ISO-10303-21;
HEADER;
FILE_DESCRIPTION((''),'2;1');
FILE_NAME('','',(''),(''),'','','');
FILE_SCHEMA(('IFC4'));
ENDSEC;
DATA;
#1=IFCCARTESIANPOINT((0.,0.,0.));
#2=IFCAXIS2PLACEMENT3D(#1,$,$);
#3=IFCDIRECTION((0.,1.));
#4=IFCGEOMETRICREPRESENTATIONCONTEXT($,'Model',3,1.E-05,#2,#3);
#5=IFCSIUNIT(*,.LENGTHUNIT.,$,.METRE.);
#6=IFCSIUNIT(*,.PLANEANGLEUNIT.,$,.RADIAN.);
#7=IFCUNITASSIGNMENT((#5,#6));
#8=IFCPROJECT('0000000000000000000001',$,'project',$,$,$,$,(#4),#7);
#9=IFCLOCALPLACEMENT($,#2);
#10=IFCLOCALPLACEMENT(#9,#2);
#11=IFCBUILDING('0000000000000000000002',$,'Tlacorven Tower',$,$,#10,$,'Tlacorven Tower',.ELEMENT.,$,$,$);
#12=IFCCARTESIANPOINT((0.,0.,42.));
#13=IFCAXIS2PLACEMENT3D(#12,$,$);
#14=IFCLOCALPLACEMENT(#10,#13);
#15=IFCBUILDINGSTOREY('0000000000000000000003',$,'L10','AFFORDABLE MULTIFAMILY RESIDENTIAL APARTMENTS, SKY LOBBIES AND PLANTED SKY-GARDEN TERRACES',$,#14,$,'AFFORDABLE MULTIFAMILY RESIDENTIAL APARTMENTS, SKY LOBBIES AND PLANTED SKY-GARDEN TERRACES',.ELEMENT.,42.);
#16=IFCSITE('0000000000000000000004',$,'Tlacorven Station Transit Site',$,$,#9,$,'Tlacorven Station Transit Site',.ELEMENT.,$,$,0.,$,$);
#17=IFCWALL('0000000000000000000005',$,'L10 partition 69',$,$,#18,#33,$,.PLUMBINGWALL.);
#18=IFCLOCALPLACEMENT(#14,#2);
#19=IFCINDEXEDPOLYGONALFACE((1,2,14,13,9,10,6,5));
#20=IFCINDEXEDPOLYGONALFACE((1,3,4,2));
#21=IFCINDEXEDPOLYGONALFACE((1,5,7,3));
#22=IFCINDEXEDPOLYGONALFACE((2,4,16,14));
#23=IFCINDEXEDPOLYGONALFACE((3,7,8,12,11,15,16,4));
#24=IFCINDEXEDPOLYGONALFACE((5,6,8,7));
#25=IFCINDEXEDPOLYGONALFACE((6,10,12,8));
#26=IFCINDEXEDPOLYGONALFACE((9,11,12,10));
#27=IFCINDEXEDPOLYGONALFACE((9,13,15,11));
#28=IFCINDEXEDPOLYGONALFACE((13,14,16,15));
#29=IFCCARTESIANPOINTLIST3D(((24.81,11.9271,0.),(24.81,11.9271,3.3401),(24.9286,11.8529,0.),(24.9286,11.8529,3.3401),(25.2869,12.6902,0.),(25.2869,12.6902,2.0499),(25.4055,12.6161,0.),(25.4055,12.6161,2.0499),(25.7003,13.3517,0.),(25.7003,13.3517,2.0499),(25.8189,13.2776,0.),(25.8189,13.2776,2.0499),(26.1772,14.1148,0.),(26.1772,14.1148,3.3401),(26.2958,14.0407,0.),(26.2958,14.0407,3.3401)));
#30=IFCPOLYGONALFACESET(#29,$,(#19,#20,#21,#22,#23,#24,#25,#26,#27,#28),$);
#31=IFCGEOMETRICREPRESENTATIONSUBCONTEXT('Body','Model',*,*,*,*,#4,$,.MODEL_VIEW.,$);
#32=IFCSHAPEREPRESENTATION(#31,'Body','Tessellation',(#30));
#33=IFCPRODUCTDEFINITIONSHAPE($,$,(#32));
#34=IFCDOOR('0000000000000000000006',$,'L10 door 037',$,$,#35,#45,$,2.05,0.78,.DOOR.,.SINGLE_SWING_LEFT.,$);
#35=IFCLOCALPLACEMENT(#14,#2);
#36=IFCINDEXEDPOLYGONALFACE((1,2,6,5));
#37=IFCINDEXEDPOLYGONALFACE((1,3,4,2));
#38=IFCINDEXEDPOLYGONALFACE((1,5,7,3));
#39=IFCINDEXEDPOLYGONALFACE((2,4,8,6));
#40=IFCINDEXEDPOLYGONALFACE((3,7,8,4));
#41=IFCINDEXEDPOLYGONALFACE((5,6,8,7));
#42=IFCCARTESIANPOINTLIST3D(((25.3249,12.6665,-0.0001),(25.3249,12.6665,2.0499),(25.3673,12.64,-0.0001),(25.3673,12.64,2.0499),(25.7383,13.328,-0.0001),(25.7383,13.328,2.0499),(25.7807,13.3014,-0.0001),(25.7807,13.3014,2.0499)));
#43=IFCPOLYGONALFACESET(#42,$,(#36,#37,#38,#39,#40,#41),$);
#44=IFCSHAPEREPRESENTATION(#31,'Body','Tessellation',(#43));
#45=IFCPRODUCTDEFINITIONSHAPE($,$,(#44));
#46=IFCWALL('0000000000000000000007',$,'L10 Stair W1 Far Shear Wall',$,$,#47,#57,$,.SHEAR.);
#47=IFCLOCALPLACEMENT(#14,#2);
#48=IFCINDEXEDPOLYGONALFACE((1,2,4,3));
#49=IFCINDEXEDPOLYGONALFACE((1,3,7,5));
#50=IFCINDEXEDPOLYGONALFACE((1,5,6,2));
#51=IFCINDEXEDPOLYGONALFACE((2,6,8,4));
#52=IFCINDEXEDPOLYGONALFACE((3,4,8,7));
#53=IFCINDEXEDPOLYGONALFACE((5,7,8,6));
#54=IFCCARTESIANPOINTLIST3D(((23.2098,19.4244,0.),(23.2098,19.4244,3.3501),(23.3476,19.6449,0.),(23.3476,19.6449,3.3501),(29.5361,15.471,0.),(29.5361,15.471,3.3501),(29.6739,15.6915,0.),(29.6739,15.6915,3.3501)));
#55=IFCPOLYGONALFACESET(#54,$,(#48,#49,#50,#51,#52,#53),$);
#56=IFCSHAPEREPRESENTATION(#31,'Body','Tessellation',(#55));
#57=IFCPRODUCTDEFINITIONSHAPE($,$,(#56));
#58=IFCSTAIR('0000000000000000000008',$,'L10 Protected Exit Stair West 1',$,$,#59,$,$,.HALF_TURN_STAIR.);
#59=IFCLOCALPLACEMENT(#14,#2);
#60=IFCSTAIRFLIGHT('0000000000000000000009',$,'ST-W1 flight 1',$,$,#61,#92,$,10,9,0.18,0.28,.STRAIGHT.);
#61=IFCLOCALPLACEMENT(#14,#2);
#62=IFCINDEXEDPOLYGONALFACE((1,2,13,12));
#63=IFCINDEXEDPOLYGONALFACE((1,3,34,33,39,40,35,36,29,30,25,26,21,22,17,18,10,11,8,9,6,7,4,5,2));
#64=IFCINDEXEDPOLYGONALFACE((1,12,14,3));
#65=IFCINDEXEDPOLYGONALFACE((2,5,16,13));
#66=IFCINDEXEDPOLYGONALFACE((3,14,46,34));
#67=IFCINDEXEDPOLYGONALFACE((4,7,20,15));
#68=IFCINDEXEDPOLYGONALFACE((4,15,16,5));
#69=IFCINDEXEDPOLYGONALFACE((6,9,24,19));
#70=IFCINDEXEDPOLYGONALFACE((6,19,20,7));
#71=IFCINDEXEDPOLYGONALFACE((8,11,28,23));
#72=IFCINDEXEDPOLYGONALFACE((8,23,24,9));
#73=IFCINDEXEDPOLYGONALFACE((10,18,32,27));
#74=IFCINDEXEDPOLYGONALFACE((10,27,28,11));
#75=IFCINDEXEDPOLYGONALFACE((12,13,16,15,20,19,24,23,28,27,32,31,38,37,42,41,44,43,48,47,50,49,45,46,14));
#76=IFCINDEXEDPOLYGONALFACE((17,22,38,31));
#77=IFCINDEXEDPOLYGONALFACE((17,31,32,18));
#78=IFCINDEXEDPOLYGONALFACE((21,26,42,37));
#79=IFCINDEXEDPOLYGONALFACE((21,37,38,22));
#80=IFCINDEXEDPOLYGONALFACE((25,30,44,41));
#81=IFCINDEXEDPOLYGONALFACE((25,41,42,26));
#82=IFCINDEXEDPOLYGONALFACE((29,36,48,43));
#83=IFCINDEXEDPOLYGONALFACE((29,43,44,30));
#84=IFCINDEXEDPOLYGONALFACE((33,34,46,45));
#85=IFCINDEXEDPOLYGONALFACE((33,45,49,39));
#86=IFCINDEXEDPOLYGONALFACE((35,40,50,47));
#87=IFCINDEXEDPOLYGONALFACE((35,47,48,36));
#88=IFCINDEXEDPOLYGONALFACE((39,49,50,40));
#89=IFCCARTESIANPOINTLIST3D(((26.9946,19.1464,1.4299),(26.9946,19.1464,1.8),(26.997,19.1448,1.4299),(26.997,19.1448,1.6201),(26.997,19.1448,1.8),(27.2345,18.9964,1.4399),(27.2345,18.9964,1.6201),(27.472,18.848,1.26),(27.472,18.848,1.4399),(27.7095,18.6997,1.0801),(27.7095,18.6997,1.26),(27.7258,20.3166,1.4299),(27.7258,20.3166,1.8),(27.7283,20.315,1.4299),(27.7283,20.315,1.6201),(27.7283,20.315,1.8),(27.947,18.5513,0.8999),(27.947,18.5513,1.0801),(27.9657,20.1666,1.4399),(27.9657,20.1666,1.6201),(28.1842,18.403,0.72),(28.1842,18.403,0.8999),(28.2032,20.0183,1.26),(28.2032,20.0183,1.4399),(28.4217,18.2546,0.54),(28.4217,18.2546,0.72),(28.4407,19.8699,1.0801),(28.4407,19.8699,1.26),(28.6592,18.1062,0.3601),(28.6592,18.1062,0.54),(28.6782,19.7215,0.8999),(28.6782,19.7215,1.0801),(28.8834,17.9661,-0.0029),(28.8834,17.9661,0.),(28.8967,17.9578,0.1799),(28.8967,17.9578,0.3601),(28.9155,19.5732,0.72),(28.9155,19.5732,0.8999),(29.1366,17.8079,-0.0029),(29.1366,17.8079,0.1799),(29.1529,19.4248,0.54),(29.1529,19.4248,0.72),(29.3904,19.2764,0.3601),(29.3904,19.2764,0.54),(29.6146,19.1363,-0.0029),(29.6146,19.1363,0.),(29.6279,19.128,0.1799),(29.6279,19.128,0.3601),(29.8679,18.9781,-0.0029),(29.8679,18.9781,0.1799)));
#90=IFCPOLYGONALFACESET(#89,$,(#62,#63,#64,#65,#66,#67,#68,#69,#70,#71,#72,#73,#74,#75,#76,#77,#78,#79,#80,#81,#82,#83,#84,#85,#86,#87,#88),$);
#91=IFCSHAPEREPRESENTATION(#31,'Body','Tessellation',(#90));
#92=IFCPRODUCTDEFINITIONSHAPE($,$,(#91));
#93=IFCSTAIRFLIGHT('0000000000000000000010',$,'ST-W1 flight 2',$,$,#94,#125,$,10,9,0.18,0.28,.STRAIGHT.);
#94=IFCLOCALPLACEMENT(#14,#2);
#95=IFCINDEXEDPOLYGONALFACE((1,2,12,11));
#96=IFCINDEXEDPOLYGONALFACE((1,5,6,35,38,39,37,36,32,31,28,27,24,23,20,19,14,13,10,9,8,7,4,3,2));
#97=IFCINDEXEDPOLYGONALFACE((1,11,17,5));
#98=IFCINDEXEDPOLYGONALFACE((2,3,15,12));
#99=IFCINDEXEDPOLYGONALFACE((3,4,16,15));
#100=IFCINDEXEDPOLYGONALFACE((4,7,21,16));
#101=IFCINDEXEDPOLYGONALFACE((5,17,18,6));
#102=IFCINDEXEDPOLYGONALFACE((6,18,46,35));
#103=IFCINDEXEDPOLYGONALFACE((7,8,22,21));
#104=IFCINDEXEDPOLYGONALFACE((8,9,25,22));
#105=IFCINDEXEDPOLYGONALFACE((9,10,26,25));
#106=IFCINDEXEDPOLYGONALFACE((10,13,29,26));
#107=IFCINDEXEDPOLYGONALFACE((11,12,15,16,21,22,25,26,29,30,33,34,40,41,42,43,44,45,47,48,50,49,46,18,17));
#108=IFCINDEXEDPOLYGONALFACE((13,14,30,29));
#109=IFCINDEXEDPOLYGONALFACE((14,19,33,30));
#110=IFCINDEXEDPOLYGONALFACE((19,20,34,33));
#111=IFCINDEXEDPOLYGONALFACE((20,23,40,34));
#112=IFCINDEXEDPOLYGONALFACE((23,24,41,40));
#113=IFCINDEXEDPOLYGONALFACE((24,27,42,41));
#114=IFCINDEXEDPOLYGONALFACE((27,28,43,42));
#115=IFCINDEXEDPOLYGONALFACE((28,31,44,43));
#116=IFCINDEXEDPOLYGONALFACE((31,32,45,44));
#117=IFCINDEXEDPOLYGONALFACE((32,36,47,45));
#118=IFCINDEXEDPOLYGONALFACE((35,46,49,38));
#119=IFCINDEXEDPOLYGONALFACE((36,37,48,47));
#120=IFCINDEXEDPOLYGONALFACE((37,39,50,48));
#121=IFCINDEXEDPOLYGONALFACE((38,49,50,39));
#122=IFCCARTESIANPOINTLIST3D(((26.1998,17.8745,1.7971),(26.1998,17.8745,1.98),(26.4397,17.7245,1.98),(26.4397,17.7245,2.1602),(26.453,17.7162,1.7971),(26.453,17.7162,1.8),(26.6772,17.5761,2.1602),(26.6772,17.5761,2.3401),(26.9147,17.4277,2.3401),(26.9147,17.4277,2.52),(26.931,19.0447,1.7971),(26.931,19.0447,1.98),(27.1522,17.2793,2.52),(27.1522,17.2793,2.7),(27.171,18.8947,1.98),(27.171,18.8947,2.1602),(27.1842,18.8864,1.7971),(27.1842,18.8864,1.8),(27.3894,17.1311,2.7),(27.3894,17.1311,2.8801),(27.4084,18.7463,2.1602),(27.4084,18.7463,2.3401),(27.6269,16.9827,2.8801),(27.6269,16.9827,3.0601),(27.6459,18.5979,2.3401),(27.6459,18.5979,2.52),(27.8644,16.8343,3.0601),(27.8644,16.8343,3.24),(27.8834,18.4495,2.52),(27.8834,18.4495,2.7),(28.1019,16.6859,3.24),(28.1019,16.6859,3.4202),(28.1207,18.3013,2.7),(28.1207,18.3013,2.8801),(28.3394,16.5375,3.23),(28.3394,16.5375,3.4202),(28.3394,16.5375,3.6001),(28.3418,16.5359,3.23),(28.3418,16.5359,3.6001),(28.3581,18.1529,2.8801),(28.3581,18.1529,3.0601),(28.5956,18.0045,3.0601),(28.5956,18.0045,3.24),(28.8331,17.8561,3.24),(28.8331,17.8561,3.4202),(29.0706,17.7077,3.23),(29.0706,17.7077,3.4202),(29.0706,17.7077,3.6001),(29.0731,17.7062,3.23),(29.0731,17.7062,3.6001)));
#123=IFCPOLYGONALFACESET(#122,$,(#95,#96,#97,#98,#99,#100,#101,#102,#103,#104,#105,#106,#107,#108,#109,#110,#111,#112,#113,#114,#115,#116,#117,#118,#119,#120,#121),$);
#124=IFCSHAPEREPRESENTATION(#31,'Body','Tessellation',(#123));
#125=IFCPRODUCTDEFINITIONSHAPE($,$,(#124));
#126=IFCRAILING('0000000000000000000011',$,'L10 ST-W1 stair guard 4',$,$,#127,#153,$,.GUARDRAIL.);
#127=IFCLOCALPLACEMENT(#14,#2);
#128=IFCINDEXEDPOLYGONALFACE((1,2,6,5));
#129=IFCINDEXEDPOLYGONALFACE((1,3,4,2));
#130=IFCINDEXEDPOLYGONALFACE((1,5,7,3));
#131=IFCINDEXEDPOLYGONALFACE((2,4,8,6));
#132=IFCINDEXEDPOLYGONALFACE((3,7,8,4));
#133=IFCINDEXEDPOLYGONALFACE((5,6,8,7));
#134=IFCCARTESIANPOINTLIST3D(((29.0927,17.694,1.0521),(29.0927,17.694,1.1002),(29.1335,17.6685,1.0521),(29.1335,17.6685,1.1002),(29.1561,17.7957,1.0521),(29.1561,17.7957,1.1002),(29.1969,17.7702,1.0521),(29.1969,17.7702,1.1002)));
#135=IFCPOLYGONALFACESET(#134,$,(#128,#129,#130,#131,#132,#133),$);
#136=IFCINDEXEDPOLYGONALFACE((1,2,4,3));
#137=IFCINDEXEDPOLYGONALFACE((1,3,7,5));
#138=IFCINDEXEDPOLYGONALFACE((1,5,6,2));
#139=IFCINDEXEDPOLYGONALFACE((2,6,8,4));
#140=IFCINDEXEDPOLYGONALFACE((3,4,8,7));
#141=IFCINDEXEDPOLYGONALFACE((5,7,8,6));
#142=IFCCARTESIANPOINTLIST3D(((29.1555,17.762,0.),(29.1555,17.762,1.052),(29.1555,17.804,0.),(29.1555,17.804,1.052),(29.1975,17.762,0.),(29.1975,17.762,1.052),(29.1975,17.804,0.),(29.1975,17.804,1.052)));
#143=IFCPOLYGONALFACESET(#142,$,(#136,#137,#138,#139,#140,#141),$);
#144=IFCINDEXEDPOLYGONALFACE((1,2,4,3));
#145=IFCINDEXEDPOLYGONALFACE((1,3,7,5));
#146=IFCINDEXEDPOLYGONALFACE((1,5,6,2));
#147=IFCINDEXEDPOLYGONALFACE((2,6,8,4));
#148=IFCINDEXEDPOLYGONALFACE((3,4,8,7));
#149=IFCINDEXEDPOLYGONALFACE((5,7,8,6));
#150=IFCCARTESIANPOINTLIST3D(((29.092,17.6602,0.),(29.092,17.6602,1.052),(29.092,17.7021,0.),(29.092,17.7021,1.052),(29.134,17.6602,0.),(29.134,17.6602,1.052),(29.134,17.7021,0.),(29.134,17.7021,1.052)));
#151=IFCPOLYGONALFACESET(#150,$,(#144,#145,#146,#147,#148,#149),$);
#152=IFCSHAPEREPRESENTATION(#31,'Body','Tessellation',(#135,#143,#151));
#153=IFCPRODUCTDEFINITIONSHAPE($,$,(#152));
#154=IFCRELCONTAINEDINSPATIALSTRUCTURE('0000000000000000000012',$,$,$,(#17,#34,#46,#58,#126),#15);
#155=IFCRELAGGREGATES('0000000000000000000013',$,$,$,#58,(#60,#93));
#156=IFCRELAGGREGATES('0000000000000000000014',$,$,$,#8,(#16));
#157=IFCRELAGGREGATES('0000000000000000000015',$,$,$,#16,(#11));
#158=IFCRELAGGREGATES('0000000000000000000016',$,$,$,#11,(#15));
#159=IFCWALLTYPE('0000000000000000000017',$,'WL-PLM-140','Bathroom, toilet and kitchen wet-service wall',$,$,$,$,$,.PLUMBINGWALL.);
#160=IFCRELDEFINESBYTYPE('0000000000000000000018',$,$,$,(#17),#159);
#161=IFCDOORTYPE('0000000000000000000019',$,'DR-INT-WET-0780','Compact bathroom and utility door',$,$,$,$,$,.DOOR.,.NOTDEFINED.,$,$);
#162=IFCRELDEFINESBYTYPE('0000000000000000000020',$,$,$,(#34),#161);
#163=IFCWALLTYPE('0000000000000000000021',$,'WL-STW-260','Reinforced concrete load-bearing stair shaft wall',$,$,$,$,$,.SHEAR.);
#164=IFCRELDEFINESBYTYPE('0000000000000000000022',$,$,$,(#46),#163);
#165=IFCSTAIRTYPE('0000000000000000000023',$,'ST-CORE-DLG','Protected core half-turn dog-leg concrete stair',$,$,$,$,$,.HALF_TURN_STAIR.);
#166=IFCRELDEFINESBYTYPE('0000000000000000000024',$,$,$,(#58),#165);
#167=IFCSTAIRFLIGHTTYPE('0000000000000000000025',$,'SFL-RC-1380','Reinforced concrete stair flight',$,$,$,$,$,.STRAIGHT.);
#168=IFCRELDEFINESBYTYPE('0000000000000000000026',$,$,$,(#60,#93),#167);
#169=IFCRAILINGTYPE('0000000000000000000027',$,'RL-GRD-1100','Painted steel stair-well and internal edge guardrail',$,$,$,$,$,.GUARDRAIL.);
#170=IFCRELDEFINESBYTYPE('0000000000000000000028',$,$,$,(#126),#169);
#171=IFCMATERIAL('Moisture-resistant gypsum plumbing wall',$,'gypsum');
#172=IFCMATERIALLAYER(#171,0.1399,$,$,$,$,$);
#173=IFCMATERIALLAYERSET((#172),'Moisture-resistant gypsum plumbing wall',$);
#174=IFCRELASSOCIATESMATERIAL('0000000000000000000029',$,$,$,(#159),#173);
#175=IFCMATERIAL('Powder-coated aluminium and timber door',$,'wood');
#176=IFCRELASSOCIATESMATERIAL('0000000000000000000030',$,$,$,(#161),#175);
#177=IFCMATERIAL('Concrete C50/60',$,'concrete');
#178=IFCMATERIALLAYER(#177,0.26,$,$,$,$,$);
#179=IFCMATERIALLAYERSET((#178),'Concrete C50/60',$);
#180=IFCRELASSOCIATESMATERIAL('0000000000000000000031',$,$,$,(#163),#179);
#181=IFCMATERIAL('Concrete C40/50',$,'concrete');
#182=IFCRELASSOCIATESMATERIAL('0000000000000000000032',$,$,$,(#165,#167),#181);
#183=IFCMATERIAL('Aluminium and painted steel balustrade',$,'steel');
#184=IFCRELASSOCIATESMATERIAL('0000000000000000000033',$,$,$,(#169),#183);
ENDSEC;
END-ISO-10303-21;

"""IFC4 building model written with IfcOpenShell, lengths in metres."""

from ifc_helpers import new_model, si_unit, direction, frame, frame_2d, origin, origin_2d, place, context, subcontext, project, spatial, polyline, rectangle, outline, extrude, source, transform, mapped, material, layer, layer_set, type_object, element, fill, aggregate, save


model = new_model("IFC4")

# Units and contexts
model_context = context("Model", 3, precision=1e-05, world=origin(), true_north=direction((0.0, 1.0)))
body_context = subcontext(model_context, "Body", "Model", "MODEL_VIEW")
ifc_project = project(units=[si_unit("LENGTHUNIT", "METRE"), si_unit("PLANEANGLEUNIT", "RADIAN")], contexts=[model_context])

# Site, building, storey
site_placement = place(None, origin())
site = spatial("IfcSite", under=ifc_project, at=site_placement, Name="Tlacorven Station Transit Site", LongName="Tlacorven Station Transit Site", CompositionType="ELEMENT", RefElevation=0.0)
building_placement = place(site_placement, origin())
building = spatial("IfcBuilding", under=site, at=building_placement, Name="Tlacorven Tower", LongName="Tlacorven Tower", CompositionType="ELEMENT")
storey_placement = place(building_placement, frame((0.0, 0.0, 42.0)))
storey = spatial("IfcBuildingStorey", under=building, at=storey_placement, Name="L10", Description="AFFORDABLE MULTIFAMILY RESIDENTIAL APARTMENTS, SKY LOBBIES AND PLANTED SKY-GARDEN TERRACES", LongName="AFFORDABLE MULTIFAMILY RESIDENTIAL APARTMENTS, SKY LOBBIES AND PLANTED SKY-GARDEN TERRACES", CompositionType="ELEMENT", Elevation=42.0)

# Wall, opening, door
ifc_material_1 = material(Name="Moisture-resistant gypsum plumbing wall", Category="gypsum")
ifc_layer_1 = layer(ifc_material_1, 0.1399)
ifc_layer_set_1 = layer_set([ifc_layer_1], Name="Moisture-resistant gypsum plumbing wall")
wall_type_1 = type_object("IfcWallType", Name="WL-PLM-140", Description="Bathroom, toilet and kitchen wet-service wall", PredefinedType="PLUMBINGWALL", material=ifc_layer_set_1)
wall_1_placement = place(storey_placement, frame((26.2366, 14.0779, 0.0), z_axis=(0.0, 0.0, 1.0), x_axis=(-0.529956, -0.848025, 0.0)))
wall_1 = element("IfcWall", 1, at=wall_1_placement, inside=storey, type_object=wall_type_1, Name="L10 partition 69", PredefinedType="PLUMBINGWALL", context=body_context, shape_type="SweptSolid", body=[
    extrude(rectangle(XDim=2.5798, YDim=0.1399, at=frame_2d((1.29, 0.0))), origin(), (0.0, 0.0, 1.0), 3.3401),
])
opening_placement = place(wall_1_placement, frame((0.8999, 0.0, 0.0)))
opening = element("IfcOpeningElement", 2, at=opening_placement, cuts=wall_1, PredefinedType="OPENING", context=body_context, shape_type="SweptSolid", body=[
    extrude(rectangle(XDim=0.78, YDim=2.05, at=frame_2d((0.3901, 1.0249))), frame((0.0, 0.0801, 0.0), z_axis=(0.0, -1.0, 0.0), x_axis=(1.0, 0.0, 0.0)), (0.0, 0.0, 1.0), 0.1599),
])
ifc_material_2 = material(Name="Powder-coated aluminium and timber door", Category="wood")
door_type = type_object("IfcDoorType", Name="DR-INT-WET-0780", Description="Compact bathroom and utility door", OperationType="NOTDEFINED", PredefinedType="DOOR", material=ifc_material_2)
shared_shape_1 = source(origin(), body_context, "Body", "SweptSolid", [
    extrude(rectangle(XDim=0.78, YDim=2.05, at=frame_2d((0.3901, 1.0249))), frame((0.0, 0.0249, 0.0), z_axis=(0.0, -1.0, 0.0), x_axis=(1.0, 0.0, 0.0)), (0.0, 0.0, 1.0), 0.05),
])
door_placement = place(opening_placement, origin())
door = element("IfcDoor", 3, at=door_placement, inside=storey, type_object=door_type, Name="L10 door 037", OperationType="SINGLE_SWING_LEFT", OverallHeight=2.05, OverallWidth=0.78, PredefinedType="DOOR", context=body_context, shape_type="MappedRepresentation", body=[
    mapped(shared_shape_1, transform((0.0, 0.0, 0.0), scale=1.0)),
])
fill(opening, door)

# Wall
ifc_material_3 = material(Name="Concrete C50/60", Category="concrete")
ifc_layer_2 = layer(ifc_material_3, 0.26)
ifc_layer_set_2 = layer_set([ifc_layer_2], Name="Concrete C50/60")
wall_type_2 = type_object("IfcWallType", Name="WL-STW-260", Description="Reinforced concrete load-bearing stair shaft wall", PredefinedType="SHEAR", material=ifc_layer_set_2)
wall_2_placement = place(storey_placement, frame((29.605, 15.5813, 0.0), z_axis=(0.0, 0.0, 1.0), x_axis=(-0.848037, 0.529937, 0.0)))
element("IfcWall", 4, at=wall_2_placement, inside=storey, type_object=wall_type_2, Name="L10 Stair W1 Far Shear Wall", PredefinedType="SHEAR", context=body_context, shape_type="SweptSolid", body=[
    extrude(rectangle(XDim=7.46, YDim=0.26, at=frame_2d((3.73, 0.0))), origin(), (0.0, 0.0, 1.0), 3.3501),
])

# Stair, stair flights
ifc_material_4 = material(Name="Concrete C40/50", Category="concrete")
stair_type = type_object("IfcStairType", Name="ST-CORE-DLG", Description="Protected core half-turn dog-leg concrete stair", PredefinedType="HALF_TURN_STAIR", material=ifc_material_4)
stair_placement = place(storey_placement, origin())
stair = element("IfcStair", 5, at=stair_placement, inside=storey, type_object=stair_type, Name="L10 Protected Exit Stair West 1", PredefinedType="HALF_TURN_STAIR")
stair_flight_type = type_object("IfcStairFlightType", Name="SFL-RC-1380", Description="Reinforced concrete stair flight", PredefinedType="STRAIGHT", material=ifc_material_4)
shared_shape_2 = source(origin(), body_context, "Body", "SweptSolid", [
    extrude(outline(polyline([(-0.0029, -0.0029), (-0.0029, 0.1799), (0.28, 0.1799), (0.28, 0.3601), (0.5601, 0.3601), (0.5601, 0.54), (0.8401, 0.54), (0.8401, 0.72), (1.1201, 0.72), (1.1201, 0.8999), (1.3999, 0.8999), (1.3999, 1.0801), (1.6799, 1.0801), (1.6799, 1.26), (1.96, 1.26), (1.96, 1.4399), (2.24, 1.4399), (2.24, 1.6201), (2.52, 1.6201), (2.52, 1.8), (2.5229, 1.8), (2.5229, 1.4299), (2.52, 1.4299), (0.2957, 0.0), (0.2957, -0.0029), (-0.0029, -0.0029)])), frame((0.0, 0.6899, 0.0), z_axis=(0.0, -1.0, 0.0), x_axis=(1.0, 0.0, 0.0)), (0.0, 0.0, 1.0), 1.3799),
])
stair_flight_1_placement = place(storey_placement, frame((29.4998, 18.3945, 0.0), z_axis=(0.0, 0.0, 1.0), x_axis=(-0.848048, 0.529919, 0.0)))
stair_flight_1 = element("IfcStairFlight", 6, at=stair_flight_1_placement, type_object=stair_flight_type, Name="ST-W1 flight 1", NumberOfRisers=10, NumberOfTreads=9, PredefinedType="STRAIGHT", RiserHeight=0.18, TreadLength=0.28, context=body_context, shape_type="MappedRepresentation", body=[
    mapped(shared_shape_2, transform((0.0, 0.0, 0.0), scale=1.0)),
])
stair_flight_2_placement = place(storey_placement, frame((26.5679, 18.458, 1.8), z_axis=(0.0, 0.0, 1.0), x_axis=(0.848048, -0.529919, 0.0)))
stair_flight_2 = element("IfcStairFlight", 7, at=stair_flight_2_placement, type_object=stair_flight_type, Name="ST-W1 flight 2", NumberOfRisers=10, NumberOfTreads=9, PredefinedType="STRAIGHT", RiserHeight=0.18, TreadLength=0.28, context=body_context, shape_type="MappedRepresentation", body=[
    mapped(shared_shape_2, transform((0.0, 0.0, 0.0), scale=1.0)),
])
aggregate(stair, [stair_flight_1, stair_flight_2])

# Railing
ifc_material_5 = material(Name="Aluminium and painted steel balustrade", Category="steel")
railing_type_1 = type_object("IfcRailingType", Name="RL-GRD-1100", Description="Painted steel stair-well and internal edge guardrail", PredefinedType="GUARDRAIL", material=ifc_material_5)
shared_shape_3 = source(origin(), body_context, "Body", "SweptSolid", [
    extrude(rectangle(XDim=0.0481, YDim=0.0481, at=origin_2d()), frame((0.0, 0.0, 1.0762), z_axis=(-0.529084, -0.848569, 0.0), x_axis=(0.848569, -0.529084, 0.0)), (0.0, 0.0, 1.0), 0.1199),
    extrude(rectangle(XDim=0.042, YDim=0.042, at=origin_2d()), origin(), (0.0, 0.0, 1.0), 1.052),
    extrude(rectangle(XDim=0.042, YDim=0.042, at=origin_2d()), frame((-0.0635, -0.1018, 0.0)), (0.0, 0.0, 1.0), 1.052),
])
railing_1_placement = place(storey_placement, frame((29.1765, 17.783, 0.0)))
element("IfcRailing", 8, at=railing_1_placement, inside=storey, type_object=railing_type_1, Name="L10 ST-W1 stair guard 4", PredefinedType="GUARDRAIL", context=body_context, shape_type="MappedRepresentation", body=[
    mapped(shared_shape_3, transform((0.0, 0.0, 0.0), scale=1.0)),
])

save(model, "model.ifc")
